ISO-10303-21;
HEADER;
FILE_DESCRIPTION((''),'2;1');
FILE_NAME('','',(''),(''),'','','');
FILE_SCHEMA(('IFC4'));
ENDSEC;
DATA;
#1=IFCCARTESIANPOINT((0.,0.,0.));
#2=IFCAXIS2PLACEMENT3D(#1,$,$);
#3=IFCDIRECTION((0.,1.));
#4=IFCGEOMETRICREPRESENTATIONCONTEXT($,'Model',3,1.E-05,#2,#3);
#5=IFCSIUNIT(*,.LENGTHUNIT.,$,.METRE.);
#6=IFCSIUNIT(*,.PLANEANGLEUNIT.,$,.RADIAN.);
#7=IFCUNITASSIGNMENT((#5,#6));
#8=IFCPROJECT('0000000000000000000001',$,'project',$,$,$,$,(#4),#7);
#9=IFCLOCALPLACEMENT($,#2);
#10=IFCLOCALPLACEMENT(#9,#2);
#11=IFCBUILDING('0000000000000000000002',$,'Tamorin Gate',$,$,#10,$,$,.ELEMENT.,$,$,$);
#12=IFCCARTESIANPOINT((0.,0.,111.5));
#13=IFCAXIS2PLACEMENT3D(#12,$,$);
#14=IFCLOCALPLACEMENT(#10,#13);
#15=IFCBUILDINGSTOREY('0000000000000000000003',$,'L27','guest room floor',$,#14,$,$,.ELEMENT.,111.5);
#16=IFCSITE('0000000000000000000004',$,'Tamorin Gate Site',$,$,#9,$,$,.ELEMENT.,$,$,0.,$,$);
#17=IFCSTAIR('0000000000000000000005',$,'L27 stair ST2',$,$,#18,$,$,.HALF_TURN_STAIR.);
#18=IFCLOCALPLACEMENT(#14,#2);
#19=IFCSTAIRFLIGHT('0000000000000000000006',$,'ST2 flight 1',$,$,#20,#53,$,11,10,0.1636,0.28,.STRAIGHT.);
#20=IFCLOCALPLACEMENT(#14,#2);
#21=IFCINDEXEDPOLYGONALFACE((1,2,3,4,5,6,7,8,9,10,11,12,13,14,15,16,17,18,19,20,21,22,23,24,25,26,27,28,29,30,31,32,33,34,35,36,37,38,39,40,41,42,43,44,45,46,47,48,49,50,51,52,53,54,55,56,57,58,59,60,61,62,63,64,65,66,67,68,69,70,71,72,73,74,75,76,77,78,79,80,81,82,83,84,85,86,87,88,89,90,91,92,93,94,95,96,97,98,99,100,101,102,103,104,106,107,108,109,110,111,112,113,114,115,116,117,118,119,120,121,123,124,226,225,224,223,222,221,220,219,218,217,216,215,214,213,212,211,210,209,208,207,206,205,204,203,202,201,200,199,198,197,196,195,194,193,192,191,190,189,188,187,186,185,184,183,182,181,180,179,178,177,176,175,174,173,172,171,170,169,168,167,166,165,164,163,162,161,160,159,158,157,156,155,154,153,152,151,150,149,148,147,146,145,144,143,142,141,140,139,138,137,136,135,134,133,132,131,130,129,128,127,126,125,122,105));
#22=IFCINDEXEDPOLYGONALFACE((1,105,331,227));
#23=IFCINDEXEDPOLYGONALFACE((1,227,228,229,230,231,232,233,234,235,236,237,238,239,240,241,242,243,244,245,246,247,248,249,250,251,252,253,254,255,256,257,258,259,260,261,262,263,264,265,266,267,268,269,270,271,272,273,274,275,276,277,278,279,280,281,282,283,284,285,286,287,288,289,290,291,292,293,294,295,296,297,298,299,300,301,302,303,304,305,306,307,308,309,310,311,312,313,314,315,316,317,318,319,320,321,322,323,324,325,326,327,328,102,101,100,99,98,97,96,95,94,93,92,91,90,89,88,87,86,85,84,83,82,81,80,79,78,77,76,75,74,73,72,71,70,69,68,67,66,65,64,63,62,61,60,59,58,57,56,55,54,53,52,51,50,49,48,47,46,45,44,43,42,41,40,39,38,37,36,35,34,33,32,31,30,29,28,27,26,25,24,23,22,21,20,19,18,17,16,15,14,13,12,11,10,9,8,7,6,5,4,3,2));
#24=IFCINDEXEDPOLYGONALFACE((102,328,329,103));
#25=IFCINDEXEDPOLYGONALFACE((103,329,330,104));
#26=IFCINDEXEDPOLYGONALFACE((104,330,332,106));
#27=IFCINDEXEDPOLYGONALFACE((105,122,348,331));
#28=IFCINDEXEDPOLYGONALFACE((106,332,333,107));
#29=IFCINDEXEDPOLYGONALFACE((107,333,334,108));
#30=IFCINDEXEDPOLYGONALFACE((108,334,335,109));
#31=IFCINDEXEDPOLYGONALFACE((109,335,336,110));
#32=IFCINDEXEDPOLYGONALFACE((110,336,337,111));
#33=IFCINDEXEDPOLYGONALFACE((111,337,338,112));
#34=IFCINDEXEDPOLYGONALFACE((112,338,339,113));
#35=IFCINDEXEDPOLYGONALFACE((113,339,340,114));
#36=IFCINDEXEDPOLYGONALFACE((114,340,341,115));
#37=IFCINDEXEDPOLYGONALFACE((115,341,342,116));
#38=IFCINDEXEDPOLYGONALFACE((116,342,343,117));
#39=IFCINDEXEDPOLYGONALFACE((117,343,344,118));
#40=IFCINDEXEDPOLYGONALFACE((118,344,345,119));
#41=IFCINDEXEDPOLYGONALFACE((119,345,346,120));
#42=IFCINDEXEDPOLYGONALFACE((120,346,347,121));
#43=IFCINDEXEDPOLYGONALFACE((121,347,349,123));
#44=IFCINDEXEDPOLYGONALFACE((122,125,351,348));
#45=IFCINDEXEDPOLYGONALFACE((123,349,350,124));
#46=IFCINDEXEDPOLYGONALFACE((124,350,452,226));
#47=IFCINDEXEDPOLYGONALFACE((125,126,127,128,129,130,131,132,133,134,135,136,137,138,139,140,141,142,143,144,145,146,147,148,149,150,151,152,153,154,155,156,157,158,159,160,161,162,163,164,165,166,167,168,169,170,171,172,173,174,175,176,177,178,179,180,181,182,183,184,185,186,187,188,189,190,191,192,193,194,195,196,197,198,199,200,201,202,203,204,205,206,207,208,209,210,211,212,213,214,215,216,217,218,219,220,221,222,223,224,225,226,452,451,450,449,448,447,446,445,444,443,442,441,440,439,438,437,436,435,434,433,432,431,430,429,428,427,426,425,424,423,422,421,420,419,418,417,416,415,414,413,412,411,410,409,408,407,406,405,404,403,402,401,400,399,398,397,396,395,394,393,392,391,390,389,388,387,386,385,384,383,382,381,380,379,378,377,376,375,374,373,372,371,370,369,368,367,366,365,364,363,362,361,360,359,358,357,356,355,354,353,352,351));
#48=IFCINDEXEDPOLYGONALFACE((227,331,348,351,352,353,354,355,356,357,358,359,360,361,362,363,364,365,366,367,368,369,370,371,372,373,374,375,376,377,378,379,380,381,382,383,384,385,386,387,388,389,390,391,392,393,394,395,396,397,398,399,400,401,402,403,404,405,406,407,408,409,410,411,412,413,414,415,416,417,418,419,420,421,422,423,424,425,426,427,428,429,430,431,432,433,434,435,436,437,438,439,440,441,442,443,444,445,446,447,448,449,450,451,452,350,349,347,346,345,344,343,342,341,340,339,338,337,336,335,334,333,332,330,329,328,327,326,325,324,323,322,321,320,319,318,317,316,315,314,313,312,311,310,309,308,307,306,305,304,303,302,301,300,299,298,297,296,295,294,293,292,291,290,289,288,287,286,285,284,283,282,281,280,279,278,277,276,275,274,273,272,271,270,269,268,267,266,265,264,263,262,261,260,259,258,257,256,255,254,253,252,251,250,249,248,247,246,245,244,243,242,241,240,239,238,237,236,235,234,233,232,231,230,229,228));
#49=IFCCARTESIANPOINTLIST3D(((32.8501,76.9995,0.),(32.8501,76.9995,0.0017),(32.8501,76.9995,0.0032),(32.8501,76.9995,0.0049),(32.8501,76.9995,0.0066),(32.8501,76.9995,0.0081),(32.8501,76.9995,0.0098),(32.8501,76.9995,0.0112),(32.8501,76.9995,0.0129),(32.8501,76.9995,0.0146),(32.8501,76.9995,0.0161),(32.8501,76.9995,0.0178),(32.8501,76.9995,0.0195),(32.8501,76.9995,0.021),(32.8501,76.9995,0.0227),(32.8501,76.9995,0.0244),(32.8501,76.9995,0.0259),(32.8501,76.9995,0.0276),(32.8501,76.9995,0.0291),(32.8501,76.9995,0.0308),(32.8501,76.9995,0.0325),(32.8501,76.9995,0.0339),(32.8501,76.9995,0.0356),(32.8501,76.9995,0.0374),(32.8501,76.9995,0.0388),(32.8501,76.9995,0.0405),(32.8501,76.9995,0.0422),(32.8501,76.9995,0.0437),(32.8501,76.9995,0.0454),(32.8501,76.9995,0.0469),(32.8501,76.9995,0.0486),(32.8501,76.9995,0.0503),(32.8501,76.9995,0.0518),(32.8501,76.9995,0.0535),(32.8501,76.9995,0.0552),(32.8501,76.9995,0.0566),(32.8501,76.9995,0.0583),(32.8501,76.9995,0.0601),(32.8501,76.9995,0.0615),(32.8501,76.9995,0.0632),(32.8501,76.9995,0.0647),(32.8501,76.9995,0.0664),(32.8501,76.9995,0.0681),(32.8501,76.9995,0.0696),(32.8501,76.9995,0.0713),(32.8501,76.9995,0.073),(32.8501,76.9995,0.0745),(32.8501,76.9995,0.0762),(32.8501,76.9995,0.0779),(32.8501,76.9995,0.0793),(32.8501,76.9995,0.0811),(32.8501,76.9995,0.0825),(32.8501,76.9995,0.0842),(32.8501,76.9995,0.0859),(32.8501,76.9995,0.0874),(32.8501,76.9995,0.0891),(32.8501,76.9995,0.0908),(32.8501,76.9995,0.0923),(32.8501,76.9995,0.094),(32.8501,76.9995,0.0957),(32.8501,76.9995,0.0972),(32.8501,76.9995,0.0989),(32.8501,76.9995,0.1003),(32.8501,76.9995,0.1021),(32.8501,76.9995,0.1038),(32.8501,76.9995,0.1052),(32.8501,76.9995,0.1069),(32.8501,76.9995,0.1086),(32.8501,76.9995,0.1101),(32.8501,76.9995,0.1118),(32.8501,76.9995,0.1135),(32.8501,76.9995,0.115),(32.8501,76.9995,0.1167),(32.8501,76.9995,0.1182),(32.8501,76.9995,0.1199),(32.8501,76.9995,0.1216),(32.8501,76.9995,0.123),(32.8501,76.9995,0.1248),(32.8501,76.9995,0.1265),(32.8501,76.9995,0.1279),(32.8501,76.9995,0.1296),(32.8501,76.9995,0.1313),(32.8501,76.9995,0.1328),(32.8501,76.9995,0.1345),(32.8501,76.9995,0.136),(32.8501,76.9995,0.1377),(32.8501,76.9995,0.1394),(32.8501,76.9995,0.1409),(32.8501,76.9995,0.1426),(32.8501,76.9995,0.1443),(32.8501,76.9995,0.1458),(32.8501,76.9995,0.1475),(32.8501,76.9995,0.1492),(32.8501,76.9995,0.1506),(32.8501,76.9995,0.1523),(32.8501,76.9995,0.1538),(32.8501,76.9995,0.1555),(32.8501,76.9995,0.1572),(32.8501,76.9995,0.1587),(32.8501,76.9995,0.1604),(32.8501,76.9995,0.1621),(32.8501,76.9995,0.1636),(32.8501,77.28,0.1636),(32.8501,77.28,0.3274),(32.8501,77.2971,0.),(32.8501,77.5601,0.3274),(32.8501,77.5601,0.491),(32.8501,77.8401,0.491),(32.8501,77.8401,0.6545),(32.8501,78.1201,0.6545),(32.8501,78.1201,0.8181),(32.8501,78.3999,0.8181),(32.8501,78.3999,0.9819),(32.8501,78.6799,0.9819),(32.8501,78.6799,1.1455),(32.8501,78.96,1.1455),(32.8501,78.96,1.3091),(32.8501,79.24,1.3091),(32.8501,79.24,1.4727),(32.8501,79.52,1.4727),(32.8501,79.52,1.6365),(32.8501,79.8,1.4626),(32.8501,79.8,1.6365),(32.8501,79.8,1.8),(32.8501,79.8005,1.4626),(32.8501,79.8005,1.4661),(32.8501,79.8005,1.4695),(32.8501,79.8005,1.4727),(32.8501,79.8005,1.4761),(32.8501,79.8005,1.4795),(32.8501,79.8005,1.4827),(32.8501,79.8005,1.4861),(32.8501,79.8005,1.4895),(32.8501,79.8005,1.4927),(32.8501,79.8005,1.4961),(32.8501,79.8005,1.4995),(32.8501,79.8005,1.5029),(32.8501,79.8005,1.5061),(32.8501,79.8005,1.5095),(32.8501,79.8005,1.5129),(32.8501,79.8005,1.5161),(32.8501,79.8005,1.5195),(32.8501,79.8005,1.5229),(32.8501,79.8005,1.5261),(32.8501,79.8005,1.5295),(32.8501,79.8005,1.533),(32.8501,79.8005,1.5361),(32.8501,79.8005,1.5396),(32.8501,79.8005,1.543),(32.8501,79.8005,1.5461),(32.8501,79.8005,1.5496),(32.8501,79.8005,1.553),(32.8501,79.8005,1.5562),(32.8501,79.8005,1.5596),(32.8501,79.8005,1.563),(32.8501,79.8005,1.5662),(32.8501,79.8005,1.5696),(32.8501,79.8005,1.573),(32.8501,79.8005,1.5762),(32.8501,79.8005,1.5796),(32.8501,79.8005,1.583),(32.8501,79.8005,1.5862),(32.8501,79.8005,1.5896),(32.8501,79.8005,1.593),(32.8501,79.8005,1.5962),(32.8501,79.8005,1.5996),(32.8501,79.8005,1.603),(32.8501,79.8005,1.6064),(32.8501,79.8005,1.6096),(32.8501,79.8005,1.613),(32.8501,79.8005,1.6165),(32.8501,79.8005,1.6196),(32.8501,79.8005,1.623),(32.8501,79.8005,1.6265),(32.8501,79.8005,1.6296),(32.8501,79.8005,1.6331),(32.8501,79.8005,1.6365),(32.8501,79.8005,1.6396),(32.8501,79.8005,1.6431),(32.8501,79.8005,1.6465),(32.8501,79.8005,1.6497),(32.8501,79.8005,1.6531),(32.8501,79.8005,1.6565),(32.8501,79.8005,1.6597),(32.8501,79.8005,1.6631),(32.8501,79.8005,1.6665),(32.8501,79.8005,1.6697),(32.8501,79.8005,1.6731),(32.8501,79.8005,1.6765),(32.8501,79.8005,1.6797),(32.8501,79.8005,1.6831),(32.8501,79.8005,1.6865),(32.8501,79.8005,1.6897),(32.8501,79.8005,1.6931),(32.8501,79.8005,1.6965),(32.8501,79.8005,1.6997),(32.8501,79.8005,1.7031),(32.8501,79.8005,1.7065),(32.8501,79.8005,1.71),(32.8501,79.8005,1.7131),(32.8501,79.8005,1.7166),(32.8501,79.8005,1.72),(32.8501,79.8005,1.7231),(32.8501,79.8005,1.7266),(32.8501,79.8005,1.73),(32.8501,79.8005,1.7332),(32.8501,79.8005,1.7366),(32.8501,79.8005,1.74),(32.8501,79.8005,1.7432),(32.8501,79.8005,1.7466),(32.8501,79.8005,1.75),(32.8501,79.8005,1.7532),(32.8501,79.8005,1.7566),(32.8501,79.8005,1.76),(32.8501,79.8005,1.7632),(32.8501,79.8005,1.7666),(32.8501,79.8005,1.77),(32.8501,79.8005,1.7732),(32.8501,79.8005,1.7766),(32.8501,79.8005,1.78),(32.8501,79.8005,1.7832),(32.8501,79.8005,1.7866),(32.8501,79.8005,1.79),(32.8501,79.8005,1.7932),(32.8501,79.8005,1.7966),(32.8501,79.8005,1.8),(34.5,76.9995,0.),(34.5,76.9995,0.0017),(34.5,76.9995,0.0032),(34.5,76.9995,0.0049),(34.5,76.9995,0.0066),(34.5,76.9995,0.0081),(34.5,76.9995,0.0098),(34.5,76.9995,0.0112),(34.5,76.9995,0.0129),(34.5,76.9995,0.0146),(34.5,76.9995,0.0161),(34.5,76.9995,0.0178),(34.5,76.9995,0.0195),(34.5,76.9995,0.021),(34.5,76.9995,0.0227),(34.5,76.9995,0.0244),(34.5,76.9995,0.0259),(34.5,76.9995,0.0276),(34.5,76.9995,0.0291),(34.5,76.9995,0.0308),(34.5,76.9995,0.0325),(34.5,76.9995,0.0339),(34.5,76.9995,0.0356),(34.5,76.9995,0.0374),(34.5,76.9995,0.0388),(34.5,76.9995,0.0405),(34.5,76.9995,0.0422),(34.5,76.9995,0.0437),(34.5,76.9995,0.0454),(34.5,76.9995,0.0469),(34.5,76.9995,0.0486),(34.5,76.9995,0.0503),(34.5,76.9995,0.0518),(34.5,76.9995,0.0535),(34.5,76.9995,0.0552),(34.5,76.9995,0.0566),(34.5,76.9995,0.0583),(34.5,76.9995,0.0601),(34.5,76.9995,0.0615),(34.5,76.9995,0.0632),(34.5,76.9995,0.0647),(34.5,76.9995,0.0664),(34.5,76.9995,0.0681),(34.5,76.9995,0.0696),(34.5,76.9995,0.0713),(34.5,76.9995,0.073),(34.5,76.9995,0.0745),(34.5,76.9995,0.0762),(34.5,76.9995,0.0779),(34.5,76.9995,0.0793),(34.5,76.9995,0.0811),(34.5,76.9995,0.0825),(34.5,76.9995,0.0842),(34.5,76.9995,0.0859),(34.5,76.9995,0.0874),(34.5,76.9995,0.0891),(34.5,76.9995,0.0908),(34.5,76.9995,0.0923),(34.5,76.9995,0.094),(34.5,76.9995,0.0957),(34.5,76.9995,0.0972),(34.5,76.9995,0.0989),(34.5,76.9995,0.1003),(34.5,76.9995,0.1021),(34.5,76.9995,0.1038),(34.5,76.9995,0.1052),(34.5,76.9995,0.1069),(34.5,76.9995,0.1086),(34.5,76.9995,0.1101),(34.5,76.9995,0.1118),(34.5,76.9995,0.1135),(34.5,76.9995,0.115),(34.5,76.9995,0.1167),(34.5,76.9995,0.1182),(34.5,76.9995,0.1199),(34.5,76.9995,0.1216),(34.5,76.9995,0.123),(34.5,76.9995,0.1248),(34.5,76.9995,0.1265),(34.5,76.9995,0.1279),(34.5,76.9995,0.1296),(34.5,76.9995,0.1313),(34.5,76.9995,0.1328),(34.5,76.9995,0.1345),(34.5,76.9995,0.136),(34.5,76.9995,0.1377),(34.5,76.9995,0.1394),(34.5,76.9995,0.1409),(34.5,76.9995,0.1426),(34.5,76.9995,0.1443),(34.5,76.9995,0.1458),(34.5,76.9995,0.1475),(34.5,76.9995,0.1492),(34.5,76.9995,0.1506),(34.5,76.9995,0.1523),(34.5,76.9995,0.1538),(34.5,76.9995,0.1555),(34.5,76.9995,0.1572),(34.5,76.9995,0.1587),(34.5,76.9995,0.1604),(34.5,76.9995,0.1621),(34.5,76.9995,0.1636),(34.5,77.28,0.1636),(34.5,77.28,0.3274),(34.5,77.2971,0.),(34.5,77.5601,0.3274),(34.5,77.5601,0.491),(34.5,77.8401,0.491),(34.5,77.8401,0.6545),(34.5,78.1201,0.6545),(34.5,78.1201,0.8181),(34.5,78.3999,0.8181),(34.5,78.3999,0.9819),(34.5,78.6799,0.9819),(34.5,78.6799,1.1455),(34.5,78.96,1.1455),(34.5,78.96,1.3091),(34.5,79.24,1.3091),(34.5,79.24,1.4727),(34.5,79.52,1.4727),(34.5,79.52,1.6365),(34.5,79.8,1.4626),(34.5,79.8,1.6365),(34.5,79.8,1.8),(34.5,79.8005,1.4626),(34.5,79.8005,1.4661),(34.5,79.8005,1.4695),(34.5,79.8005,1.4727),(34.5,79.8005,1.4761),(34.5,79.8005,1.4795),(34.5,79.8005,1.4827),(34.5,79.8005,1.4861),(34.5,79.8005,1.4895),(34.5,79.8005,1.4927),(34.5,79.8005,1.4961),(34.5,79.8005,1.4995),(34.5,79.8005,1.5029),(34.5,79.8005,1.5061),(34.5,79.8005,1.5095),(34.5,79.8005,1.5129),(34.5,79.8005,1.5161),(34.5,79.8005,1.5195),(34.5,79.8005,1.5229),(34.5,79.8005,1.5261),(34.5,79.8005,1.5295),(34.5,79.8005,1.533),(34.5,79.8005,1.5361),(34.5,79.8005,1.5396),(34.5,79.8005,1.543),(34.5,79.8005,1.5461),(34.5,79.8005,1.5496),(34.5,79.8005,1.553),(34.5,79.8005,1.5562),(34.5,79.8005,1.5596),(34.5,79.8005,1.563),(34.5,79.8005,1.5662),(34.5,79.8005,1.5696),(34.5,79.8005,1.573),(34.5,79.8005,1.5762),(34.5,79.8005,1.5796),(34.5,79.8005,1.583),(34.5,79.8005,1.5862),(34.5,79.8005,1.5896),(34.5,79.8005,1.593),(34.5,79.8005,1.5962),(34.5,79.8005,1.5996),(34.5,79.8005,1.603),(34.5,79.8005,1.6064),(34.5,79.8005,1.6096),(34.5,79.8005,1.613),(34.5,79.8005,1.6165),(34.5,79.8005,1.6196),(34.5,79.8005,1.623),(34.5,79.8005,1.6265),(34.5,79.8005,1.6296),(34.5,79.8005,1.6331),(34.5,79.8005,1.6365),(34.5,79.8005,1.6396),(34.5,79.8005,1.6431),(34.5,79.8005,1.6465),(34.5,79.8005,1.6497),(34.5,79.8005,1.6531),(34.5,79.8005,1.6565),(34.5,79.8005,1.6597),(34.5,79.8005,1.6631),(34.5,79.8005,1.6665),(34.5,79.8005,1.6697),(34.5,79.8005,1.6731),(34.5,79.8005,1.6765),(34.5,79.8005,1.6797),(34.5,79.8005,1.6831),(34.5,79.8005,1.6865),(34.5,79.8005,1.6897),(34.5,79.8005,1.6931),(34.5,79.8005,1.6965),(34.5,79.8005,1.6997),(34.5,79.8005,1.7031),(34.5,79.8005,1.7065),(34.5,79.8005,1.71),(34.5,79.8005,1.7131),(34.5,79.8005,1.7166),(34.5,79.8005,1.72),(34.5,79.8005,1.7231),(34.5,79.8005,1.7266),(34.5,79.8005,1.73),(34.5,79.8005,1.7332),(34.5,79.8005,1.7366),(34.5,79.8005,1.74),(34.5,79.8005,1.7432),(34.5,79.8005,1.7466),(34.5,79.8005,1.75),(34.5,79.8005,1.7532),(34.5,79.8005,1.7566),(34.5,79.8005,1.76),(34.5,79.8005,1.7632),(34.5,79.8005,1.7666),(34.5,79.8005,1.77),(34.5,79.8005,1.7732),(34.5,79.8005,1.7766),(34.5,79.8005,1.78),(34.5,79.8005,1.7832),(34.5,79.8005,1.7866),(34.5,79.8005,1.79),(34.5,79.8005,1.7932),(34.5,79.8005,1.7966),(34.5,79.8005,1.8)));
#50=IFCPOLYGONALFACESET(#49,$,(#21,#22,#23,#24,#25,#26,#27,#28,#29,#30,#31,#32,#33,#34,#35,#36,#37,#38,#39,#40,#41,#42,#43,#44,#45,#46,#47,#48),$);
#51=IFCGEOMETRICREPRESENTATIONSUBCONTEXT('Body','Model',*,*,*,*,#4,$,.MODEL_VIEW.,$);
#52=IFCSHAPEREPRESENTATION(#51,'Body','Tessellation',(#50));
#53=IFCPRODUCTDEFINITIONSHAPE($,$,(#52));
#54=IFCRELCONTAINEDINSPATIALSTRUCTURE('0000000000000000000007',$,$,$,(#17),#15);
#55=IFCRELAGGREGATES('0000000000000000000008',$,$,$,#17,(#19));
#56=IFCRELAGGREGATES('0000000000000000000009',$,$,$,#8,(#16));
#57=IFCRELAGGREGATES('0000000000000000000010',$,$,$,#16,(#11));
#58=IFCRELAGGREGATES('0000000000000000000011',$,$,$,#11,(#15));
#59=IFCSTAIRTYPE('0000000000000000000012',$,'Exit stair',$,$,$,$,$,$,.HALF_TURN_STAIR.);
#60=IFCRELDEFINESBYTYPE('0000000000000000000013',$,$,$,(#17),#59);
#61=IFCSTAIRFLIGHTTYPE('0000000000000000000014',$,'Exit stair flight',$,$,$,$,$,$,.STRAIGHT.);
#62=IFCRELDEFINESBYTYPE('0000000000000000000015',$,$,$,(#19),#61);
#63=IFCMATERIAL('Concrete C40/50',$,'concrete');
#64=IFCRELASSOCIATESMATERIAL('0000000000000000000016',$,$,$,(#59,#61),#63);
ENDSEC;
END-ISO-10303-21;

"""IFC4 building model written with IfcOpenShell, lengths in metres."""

from ifc_helpers import new_model, si_unit, direction, frame, origin, place, context, subcontext, project, spatial, polyline, outline, extrude, material, type_object, element, aggregate, save


model = new_model("IFC4")

# Units and contexts
model_context = context("Model", 3, precision=1e-05, world=origin(), true_north=direction((0.0, 1.0)))
body_context = subcontext(model_context, "Body", "Model", "MODEL_VIEW")
ifc_project = project(units=[si_unit("LENGTHUNIT", "METRE"), si_unit("PLANEANGLEUNIT", "RADIAN")], contexts=[model_context])

# Site, building, storey
site_placement = place(None, origin())
site = spatial("IfcSite", under=ifc_project, at=site_placement, Name="Tamorin Gate Site", CompositionType="ELEMENT", RefElevation=0.0)
building_placement = place(site_placement, origin())
building = spatial("IfcBuilding", under=site, at=building_placement, Name="Tamorin Gate", CompositionType="ELEMENT")
storey_placement = place(building_placement, frame((0.0, 0.0, 111.5)))
storey = spatial("IfcBuildingStorey", under=building, at=storey_placement, Name="L27", Description="guest room floor", CompositionType="ELEMENT", Elevation=111.5)

# Shared definitions
ifc_material_1 = material(Name="Concrete C40/50", Category="concrete")

# Stair, stair flight
stair_type = type_object("IfcStairType", Name="Exit stair", PredefinedType="HALF_TURN_STAIR", material=ifc_material_1)
stair_placement = place(storey_placement, origin())
stair = element("IfcStair", 1, at=stair_placement, inside=storey, type_object=stair_type, Name="L27 stair ST2", PredefinedType="HALF_TURN_STAIR")
stair_flight_type = type_object("IfcStairFlightType", Name="Exit stair flight", PredefinedType="STRAIGHT", material=ifc_material_1)
stair_flight_1_placement = place(storey_placement, frame((33.675, 77.0, 0.0), z_axis=(0.0, 0.0, 1.0), x_axis=(0.0, 1.0, 0.0)))
stair_flight_1 = element("IfcStairFlight", 2, at=stair_flight_1_placement, type_object=stair_flight_type, Name="ST2 flight 1", NumberOfRisers=11, NumberOfTreads=10, PredefinedType="STRAIGHT", RiserHeight=0.1636, TreadLength=0.28, context=body_context, shape_type="SweptSolid", body=[
    extrude(outline(polyline([(-0.0005, 0.0), (-0.0005, 0.0017), (-0.0005, 0.0032), (-0.0005, 0.0049), (-0.0005, 0.0066), (-0.0005, 0.0081), (-0.0005, 0.0098), (-0.0005, 0.0112), (-0.0005, 0.0129), (-0.0005, 0.0146), (-0.0005, 0.0161), (-0.0005, 0.0178), (-0.0005, 0.0195), (-0.0005, 0.021), (-0.0005, 0.0227), (-0.0005, 0.0244), (-0.0005, 0.0259), (-0.0005, 0.0276), (-0.0005, 0.0291), (-0.0005, 0.0308), (-0.0005, 0.0325), (-0.0005, 0.0339), (-0.0005, 0.0356), (-0.0005, 0.0374), (-0.0005, 0.0388), (-0.0005, 0.0405), (-0.0005, 0.0422), (-0.0005, 0.0437), (-0.0005, 0.0454), (-0.0005, 0.0469), (-0.0005, 0.0486), (-0.0005, 0.0503), (-0.0005, 0.0518), (-0.0005, 0.0535), (-0.0005, 0.0552), (-0.0005, 0.0566), (-0.0005, 0.0583), (-0.0005, 0.0601), (-0.0005, 0.0615), (-0.0005, 0.0632), (-0.0005, 0.0647), (-0.0005, 0.0664), (-0.0005, 0.0681), (-0.0005, 0.0696), (-0.0005, 0.0713), (-0.0005, 0.073), (-0.0005, 0.0745), (-0.0005, 0.0762), (-0.0005, 0.0779), (-0.0005, 0.0793), (-0.0005, 0.0811), (-0.0005, 0.0825), (-0.0005, 0.0842), (-0.0005, 0.0859), (-0.0005, 0.0874), (-0.0005, 0.0891), (-0.0005, 0.0908), (-0.0005, 0.0923), (-0.0005, 0.094), (-0.0005, 0.0957), (-0.0005, 0.0972), (-0.0005, 0.0989), (-0.0005, 0.1003), (-0.0005, 0.1021), (-0.0005, 0.1038), (-0.0005, 0.1052), (-0.0005, 0.1069), (-0.0005, 0.1086), (-0.0005, 0.1101), (-0.0005, 0.1118), (-0.0005, 0.1135), (-0.0005, 0.115), (-0.0005, 0.1167), (-0.0005, 0.1182), (-0.0005, 0.1199), (-0.0005, 0.1216), (-0.0005, 0.123), (-0.0005, 0.1248), (-0.0005, 0.1265), (-0.0005, 0.1279), (-0.0005, 0.1296), (-0.0005, 0.1313), (-0.0005, 0.1328), (-0.0005, 0.1345), (-0.0005, 0.136), (-0.0005, 0.1377), (-0.0005, 0.1394), (-0.0005, 0.1409), (-0.0005, 0.1426), (-0.0005, 0.1443), (-0.0005, 0.1458), (-0.0005, 0.1475), (-0.0005, 0.1492), (-0.0005, 0.1506), (-0.0005, 0.1523), (-0.0005, 0.1538), (-0.0005, 0.1555), (-0.0005, 0.1572), (-0.0005, 0.1587), (-0.0005, 0.1604), (-0.0005, 0.1621), (-0.0005, 0.1636), (0.28, 0.1636), (0.28, 0.3274), (0.5601, 0.3274), (0.5601, 0.491), (0.8401, 0.491), (0.8401, 0.6545), (1.1201, 0.6545), (1.1201, 0.8181), (1.3999, 0.8181), (1.3999, 0.9819), (1.6799, 0.9819), (1.6799, 1.1455), (1.96, 1.1455), (1.96, 1.3091), (2.24, 1.3091), (2.24, 1.4727), (2.52, 1.4727), (2.52, 1.6365), (2.8, 1.6365), (2.8, 1.8), (2.8005, 1.8), (2.8005, 1.7966), (2.8005, 1.7932), (2.8005, 1.79), (2.8005, 1.7866), (2.8005, 1.7832), (2.8005, 1.78), (2.8005, 1.7766), (2.8005, 1.7732), (2.8005, 1.77), (2.8005, 1.7666), (2.8005, 1.7632), (2.8005, 1.76), (2.8005, 1.7566), (2.8005, 1.7532), (2.8005, 1.75), (2.8005, 1.7466), (2.8005, 1.7432), (2.8005, 1.74), (2.8005, 1.7366), (2.8005, 1.7332), (2.8005, 1.73), (2.8005, 1.7266), (2.8005, 1.7231), (2.8005, 1.72), (2.8005, 1.7166), (2.8005, 1.7131), (2.8005, 1.71), (2.8005, 1.7065), (2.8005, 1.7031), (2.8005, 1.6997), (2.8005, 1.6965), (2.8005, 1.6931), (2.8005, 1.6897), (2.8005, 1.6865), (2.8005, 1.6831), (2.8005, 1.6797), (2.8005, 1.6765), (2.8005, 1.6731), (2.8005, 1.6697), (2.8005, 1.6665), (2.8005, 1.6631), (2.8005, 1.6597), (2.8005, 1.6565), (2.8005, 1.6531), (2.8005, 1.6497), (2.8005, 1.6465), (2.8005, 1.6431), (2.8005, 1.6396), (2.8005, 1.6365), (2.8005, 1.6331), (2.8005, 1.6296), (2.8005, 1.6265), (2.8005, 1.623), (2.8005, 1.6196), (2.8005, 1.6165), (2.8005, 1.613), (2.8005, 1.6096), (2.8005, 1.6064), (2.8005, 1.603), (2.8005, 1.5996), (2.8005, 1.5962), (2.8005, 1.593), (2.8005, 1.5896), (2.8005, 1.5862), (2.8005, 1.583), (2.8005, 1.5796), (2.8005, 1.5762), (2.8005, 1.573), (2.8005, 1.5696), (2.8005, 1.5662), (2.8005, 1.563), (2.8005, 1.5596), (2.8005, 1.5562), (2.8005, 1.553), (2.8005, 1.5496), (2.8005, 1.5461), (2.8005, 1.543), (2.8005, 1.5396), (2.8005, 1.5361), (2.8005, 1.533), (2.8005, 1.5295), (2.8005, 1.5261), (2.8005, 1.5229), (2.8005, 1.5195), (2.8005, 1.5161), (2.8005, 1.5129), (2.8005, 1.5095), (2.8005, 1.5061), (2.8005, 1.5029), (2.8005, 1.4995), (2.8005, 1.4961), (2.8005, 1.4927), (2.8005, 1.4895), (2.8005, 1.4861), (2.8005, 1.4827), (2.8005, 1.4795), (2.8005, 1.4761), (2.8005, 1.4727), (2.8005, 1.4695), (2.8005, 1.4661), (2.8005, 1.4626), (2.8, 1.4626), (0.2971, 0.0), (-0.0005, 0.0)])), frame((0.0, 0.825, 0.0), z_axis=(0.0, -1.0, 0.0), x_axis=(1.0, 0.0, 0.0)), (0.0, 0.0, 1.0), 1.6499),
])
aggregate(stair, [stair_flight_1])

save(model, "model.ifc")
